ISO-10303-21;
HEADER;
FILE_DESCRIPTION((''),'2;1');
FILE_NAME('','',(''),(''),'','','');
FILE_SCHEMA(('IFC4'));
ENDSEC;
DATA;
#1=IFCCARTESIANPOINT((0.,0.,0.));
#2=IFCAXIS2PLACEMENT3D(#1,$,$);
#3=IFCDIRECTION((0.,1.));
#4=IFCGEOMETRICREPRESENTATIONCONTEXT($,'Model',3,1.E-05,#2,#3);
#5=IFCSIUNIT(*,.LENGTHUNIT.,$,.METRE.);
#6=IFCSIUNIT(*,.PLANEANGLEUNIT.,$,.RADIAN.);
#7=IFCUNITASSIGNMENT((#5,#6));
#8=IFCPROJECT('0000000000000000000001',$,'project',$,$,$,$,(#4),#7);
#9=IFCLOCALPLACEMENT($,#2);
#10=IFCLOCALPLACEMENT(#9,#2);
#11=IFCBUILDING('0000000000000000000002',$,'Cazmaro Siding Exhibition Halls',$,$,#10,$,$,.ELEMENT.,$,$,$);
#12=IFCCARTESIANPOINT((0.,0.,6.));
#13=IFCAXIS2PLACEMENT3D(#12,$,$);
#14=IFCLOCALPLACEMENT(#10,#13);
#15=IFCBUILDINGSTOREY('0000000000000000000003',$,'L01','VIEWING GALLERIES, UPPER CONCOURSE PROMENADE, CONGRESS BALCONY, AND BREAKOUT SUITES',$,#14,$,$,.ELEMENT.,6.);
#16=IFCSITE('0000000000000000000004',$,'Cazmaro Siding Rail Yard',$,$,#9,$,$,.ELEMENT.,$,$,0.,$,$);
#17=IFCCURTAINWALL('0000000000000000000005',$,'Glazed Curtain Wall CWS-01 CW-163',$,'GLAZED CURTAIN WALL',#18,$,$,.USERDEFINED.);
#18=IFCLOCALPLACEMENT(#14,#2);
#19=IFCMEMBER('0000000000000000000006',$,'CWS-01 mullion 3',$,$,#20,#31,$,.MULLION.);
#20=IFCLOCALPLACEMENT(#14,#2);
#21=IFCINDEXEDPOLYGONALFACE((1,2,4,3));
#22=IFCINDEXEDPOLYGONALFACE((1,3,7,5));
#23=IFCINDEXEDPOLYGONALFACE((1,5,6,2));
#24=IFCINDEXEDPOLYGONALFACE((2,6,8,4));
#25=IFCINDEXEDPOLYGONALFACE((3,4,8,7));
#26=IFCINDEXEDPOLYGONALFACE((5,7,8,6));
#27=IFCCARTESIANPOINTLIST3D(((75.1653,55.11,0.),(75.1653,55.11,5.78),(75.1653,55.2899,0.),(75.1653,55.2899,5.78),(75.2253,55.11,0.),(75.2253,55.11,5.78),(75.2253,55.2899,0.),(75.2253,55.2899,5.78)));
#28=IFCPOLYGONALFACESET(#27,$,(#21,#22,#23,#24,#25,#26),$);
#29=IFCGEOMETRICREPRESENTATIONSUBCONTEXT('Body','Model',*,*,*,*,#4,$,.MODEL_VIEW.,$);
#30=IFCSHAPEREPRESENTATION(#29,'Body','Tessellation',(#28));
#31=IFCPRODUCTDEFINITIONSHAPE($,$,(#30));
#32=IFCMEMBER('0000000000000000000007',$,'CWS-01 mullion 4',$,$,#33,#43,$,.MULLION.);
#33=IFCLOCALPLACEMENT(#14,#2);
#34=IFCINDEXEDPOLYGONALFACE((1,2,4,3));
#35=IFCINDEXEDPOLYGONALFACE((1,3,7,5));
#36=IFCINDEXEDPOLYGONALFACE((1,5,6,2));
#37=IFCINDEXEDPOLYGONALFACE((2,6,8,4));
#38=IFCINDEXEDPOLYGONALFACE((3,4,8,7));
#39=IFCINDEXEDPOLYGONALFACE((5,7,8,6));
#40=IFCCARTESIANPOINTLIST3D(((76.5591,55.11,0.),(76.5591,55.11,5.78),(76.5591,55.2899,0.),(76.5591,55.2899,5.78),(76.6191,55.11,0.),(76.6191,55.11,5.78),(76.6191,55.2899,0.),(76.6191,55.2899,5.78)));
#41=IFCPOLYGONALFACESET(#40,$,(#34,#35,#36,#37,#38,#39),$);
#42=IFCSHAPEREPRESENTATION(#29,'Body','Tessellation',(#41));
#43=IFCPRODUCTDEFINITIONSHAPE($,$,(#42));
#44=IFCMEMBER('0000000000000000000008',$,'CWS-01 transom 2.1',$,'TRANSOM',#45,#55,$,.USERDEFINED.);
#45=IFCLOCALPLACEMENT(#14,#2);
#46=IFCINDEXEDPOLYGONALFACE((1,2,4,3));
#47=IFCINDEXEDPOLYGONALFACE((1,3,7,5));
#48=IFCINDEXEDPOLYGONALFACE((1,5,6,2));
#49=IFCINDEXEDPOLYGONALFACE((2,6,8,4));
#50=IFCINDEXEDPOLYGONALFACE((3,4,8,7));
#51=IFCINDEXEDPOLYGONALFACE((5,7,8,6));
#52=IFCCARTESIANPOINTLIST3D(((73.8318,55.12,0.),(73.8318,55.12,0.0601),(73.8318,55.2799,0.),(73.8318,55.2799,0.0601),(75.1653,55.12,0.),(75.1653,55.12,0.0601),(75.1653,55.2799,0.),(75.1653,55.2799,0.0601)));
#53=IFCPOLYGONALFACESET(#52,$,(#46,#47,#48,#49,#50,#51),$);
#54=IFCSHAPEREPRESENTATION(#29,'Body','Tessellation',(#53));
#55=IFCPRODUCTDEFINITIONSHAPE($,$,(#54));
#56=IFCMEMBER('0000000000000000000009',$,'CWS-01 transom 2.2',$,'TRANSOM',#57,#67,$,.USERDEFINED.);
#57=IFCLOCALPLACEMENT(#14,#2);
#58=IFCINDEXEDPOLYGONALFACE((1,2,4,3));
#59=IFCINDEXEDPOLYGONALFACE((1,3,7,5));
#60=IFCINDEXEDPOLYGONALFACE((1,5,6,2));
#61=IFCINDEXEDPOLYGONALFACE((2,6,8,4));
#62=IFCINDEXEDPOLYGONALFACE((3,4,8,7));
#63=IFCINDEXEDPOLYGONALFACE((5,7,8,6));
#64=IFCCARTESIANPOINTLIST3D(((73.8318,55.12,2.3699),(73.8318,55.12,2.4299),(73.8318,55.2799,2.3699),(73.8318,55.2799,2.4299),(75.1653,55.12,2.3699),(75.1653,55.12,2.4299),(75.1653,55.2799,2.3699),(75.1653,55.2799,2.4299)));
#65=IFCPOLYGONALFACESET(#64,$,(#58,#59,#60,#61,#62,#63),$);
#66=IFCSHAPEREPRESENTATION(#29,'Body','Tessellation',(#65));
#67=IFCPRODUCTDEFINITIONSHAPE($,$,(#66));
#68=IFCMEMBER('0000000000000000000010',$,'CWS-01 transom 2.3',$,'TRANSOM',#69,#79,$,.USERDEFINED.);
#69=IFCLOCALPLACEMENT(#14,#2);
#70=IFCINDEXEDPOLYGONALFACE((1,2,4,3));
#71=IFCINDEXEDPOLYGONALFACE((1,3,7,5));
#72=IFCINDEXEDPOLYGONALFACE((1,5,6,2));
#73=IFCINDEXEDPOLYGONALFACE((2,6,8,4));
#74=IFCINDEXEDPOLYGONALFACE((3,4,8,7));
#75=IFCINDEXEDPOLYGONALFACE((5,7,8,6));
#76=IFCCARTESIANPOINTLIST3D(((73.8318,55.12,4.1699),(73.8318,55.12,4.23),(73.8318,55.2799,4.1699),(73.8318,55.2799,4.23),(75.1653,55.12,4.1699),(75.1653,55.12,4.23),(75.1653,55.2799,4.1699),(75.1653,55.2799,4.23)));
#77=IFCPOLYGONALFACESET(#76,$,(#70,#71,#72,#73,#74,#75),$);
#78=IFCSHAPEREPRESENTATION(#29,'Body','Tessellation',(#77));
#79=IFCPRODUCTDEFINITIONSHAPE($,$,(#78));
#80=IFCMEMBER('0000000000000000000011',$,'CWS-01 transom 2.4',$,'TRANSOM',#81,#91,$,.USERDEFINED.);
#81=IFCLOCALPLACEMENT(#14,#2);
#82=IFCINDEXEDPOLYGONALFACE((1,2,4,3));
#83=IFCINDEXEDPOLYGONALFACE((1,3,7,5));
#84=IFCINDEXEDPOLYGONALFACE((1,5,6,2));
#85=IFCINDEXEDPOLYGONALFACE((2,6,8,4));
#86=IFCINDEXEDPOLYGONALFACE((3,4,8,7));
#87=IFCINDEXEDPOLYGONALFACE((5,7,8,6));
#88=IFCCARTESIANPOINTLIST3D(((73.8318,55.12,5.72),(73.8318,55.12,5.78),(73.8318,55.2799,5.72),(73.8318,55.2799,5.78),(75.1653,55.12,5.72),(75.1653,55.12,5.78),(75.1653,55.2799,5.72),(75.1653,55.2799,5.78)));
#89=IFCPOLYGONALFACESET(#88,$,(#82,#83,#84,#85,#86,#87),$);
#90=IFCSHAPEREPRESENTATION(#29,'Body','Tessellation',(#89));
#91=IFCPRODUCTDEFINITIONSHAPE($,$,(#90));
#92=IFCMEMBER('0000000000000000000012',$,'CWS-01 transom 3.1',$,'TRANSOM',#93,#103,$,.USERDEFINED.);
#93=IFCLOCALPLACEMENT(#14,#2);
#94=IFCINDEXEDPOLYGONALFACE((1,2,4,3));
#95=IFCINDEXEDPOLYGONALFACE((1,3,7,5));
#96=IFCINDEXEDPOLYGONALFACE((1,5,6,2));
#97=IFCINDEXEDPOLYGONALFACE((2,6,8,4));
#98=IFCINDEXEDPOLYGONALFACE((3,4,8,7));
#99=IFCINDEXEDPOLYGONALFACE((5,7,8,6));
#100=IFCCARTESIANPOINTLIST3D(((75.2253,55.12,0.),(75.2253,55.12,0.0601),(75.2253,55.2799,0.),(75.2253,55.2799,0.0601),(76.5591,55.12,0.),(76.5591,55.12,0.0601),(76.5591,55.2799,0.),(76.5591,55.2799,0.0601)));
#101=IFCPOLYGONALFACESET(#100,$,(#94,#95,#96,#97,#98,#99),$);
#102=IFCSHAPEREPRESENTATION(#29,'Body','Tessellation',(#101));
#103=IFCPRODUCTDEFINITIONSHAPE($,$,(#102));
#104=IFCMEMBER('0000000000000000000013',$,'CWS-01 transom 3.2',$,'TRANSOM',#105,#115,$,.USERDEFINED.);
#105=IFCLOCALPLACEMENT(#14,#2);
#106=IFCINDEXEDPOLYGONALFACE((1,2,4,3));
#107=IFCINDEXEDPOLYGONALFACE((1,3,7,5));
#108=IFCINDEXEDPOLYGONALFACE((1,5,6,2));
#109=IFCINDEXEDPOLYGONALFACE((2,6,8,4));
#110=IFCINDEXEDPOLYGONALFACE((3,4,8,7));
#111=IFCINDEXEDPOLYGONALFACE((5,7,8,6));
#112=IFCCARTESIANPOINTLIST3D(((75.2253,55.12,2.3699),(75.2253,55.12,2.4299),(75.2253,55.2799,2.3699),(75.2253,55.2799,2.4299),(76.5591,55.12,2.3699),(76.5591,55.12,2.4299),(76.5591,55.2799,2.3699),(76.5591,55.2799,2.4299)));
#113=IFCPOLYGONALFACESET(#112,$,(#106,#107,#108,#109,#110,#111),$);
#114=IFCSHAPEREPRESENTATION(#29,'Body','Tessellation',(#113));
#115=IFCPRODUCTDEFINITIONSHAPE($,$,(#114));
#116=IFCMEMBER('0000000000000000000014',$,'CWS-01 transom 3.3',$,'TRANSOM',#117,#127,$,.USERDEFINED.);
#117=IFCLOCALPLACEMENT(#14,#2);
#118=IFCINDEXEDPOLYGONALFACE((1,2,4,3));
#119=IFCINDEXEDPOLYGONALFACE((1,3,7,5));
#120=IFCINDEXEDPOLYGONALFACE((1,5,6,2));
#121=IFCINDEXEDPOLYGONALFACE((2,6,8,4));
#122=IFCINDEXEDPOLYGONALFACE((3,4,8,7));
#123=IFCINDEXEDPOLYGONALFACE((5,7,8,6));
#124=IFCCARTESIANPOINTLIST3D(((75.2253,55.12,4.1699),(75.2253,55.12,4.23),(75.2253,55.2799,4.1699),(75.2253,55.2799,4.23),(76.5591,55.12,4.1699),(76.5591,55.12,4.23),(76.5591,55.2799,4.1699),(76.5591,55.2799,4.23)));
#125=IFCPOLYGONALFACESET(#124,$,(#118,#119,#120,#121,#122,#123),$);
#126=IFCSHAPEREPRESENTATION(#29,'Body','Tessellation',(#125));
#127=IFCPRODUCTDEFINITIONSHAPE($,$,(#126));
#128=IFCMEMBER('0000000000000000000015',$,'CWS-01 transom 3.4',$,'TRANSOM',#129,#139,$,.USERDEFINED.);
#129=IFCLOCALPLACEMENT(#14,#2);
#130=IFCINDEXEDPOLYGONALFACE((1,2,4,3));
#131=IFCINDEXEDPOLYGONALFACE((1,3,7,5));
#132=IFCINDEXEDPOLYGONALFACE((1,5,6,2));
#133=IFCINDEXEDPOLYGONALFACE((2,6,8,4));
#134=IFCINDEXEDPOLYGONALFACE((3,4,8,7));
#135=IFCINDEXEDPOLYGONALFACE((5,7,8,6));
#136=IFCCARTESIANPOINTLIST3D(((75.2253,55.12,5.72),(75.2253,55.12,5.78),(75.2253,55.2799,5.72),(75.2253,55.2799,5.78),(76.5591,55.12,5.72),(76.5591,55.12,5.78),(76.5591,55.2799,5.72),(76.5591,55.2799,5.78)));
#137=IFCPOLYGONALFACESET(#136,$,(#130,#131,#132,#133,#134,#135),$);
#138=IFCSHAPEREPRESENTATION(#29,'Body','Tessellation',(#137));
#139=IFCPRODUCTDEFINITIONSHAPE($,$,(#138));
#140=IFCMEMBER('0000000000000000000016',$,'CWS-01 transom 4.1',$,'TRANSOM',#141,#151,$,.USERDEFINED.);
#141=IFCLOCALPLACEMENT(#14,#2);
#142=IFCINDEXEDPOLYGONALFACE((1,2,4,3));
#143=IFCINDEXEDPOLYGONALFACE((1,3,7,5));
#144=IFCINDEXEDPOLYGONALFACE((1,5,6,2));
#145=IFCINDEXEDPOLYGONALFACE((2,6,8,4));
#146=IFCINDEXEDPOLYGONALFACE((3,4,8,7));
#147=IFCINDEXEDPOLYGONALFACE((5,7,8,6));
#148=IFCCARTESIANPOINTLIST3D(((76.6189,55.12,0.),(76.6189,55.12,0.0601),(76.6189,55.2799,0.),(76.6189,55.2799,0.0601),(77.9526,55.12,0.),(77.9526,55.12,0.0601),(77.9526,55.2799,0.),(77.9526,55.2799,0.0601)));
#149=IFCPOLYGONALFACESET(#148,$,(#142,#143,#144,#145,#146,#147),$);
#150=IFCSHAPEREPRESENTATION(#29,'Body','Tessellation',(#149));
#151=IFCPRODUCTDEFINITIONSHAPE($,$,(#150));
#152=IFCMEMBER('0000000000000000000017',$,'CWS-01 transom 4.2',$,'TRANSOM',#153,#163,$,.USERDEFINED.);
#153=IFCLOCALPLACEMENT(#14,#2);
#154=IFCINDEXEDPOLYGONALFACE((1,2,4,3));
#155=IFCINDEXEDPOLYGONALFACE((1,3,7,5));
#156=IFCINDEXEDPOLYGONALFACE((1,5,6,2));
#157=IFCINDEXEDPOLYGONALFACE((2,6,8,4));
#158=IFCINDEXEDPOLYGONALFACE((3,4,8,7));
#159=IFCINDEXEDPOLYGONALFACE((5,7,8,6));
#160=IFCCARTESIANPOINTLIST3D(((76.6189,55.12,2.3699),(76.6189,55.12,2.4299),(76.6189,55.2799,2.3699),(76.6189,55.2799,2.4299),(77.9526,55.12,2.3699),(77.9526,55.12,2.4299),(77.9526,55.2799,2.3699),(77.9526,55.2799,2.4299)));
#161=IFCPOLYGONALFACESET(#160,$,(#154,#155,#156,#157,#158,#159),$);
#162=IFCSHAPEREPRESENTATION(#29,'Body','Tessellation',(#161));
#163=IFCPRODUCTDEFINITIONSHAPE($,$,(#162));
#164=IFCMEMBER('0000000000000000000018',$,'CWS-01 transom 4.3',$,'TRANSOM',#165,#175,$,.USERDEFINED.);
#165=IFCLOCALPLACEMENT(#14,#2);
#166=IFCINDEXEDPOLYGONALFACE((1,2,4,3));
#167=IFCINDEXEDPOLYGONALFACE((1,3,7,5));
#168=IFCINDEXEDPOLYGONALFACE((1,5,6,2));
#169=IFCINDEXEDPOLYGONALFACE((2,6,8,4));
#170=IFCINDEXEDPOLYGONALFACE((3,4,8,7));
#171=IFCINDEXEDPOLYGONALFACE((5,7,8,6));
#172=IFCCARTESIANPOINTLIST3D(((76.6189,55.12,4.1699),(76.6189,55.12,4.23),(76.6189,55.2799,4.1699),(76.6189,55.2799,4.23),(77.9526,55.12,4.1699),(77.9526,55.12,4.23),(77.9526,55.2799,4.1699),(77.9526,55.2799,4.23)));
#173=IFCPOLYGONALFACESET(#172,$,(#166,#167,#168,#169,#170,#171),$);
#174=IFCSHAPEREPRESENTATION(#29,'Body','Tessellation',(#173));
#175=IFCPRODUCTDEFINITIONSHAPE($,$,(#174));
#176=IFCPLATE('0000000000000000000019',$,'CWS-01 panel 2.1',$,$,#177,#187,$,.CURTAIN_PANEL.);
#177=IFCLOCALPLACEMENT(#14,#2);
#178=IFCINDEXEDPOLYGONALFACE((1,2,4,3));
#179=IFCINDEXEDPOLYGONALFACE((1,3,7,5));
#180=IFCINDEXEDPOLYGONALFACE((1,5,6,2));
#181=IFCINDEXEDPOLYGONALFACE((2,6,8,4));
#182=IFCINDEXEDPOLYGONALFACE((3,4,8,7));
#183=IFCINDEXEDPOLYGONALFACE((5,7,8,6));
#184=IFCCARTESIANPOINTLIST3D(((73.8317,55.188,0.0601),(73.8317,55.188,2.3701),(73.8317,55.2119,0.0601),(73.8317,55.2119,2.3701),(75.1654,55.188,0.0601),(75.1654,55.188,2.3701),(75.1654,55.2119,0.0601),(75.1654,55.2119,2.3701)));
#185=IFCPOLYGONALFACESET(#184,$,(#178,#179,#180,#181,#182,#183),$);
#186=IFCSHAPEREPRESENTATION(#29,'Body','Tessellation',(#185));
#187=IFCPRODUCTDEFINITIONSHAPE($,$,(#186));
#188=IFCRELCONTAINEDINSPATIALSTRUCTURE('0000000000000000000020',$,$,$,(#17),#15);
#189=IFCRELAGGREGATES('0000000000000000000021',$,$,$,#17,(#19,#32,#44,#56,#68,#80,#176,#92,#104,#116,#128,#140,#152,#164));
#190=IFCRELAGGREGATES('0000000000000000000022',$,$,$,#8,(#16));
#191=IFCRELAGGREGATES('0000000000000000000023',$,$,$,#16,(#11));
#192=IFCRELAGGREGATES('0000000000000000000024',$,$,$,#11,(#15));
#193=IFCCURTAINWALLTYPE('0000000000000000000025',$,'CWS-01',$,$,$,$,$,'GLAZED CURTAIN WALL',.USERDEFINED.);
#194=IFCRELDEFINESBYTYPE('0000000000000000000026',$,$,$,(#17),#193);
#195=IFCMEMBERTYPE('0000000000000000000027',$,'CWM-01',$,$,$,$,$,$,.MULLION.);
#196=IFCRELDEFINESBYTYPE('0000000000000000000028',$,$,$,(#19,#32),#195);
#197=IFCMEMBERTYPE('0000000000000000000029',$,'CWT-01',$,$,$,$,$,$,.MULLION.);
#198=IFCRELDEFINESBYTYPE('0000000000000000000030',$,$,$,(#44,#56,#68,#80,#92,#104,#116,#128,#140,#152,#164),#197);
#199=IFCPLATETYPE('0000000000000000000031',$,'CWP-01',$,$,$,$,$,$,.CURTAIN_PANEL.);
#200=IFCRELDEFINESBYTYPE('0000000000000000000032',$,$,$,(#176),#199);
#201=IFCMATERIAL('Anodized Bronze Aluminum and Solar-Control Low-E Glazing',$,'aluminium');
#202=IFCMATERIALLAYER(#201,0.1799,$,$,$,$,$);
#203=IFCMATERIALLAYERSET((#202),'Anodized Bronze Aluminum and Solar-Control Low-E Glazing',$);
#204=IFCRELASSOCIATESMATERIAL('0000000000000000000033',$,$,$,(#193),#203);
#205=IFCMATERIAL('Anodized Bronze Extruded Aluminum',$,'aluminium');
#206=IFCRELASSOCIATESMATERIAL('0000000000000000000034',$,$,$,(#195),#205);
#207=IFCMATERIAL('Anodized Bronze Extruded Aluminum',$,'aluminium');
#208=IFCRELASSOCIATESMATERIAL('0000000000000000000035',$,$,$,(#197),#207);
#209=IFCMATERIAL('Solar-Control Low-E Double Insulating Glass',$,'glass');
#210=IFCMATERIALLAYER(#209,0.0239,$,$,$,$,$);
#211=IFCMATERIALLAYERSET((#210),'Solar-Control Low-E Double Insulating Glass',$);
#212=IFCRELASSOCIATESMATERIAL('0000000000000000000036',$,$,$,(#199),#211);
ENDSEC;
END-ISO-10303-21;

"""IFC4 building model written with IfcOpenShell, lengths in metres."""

from ifc_helpers import new_model, si_unit, direction, frame, origin, origin_2d, place, context, subcontext, project, spatial, rectangle, extrude, material, layer, layer_set, material_profile, profile_set, type_object, element, aggregate, save


model = new_model("IFC4")

# Units and contexts
model_context = context("Model", 3, precision=1e-05, world=origin(), true_north=direction((0.0, 1.0)))
body_context = subcontext(model_context, "Body", "Model", "MODEL_VIEW")
ifc_project = project(units=[si_unit("LENGTHUNIT", "METRE"), si_unit("PLANEANGLEUNIT", "RADIAN")], contexts=[model_context])

# Site, building, storey
site_placement = place(None, origin())
site = spatial("IfcSite", under=ifc_project, at=site_placement, Name="Cazmaro Siding Rail Yard", CompositionType="ELEMENT", RefElevation=0.0)
building_placement = place(site_placement, origin())
building = spatial("IfcBuilding", under=site, at=building_placement, Name="Cazmaro Siding Exhibition Halls", CompositionType="ELEMENT")
storey_placement = place(building_placement, frame((0.0, 0.0, 6.0)))
storey = spatial("IfcBuildingStorey", under=building, at=storey_placement, Name="L01", Description="VIEWING GALLERIES, UPPER CONCOURSE PROMENADE, CONGRESS BALCONY, AND BREAKOUT SUITES", CompositionType="ELEMENT", Elevation=6.0)

# Curtain wall, members, plate
ifc_material_1 = material(Name="Anodized Bronze Aluminum and Solar-Control Low-E Glazing", Category="aluminium")
ifc_layer_1 = layer(ifc_material_1, 0.1799)
ifc_layer_set_1 = layer_set([ifc_layer_1], Name="Anodized Bronze Aluminum and Solar-Control Low-E Glazing")
curtain_wall_type = type_object("IfcCurtainWallType", Name="CWS-01", ElementType="GLAZED CURTAIN WALL", PredefinedType="USERDEFINED", material=ifc_layer_set_1)
curtain_wall_placement = place(storey_placement, origin())
curtain_wall = element("IfcCurtainWall", 1, at=curtain_wall_placement, inside=storey, type_object=curtain_wall_type, Name="Glazed Curtain Wall CWS-01 CW-163", ObjectType="GLAZED CURTAIN WALL", PredefinedType="USERDEFINED")
ifc_material_2 = material(Name="Anodized Bronze Extruded Aluminum", Category="aluminium")
ifc_material_profile_1 = material_profile(ifc_material_2, rectangle(XDim=0.1799, YDim=0.0601, at=origin_2d()), Name="CWM-01")
ifc_profile_set_1 = profile_set([ifc_material_profile_1], Name="Anodized Bronze Extruded Aluminum")
member_type_1 = type_object("IfcMemberType", Name="CWM-01", PredefinedType="MULLION", material=ifc_profile_set_1)
member_1_placement = place(storey_placement, frame((75.1953, 55.2, 0.0), z_axis=(0.0, 0.0, 1.0), x_axis=(0.0, 1.0, 0.0)))
member_1 = element("IfcMember", 2, at=member_1_placement, type_object=member_type_1, Name="CWS-01 mullion 3", PredefinedType="MULLION", context=body_context, shape_type="SweptSolid", body=[
    extrude(rectangle(XDim=0.1799, YDim=0.0601, at=origin_2d()), origin(), (0.0, 0.0, 1.0), 5.78),
])
member_2_placement = place(storey_placement, frame((76.5891, 55.2, 0.0), z_axis=(0.0, 0.0, 1.0), x_axis=(0.0, 1.0, 0.0)))
member_2 = element("IfcMember", 3, at=member_2_placement, type_object=member_type_1, Name="CWS-01 mullion 4", PredefinedType="MULLION", context=body_context, shape_type="SweptSolid", body=[
    extrude(rectangle(XDim=0.1799, YDim=0.0601, at=origin_2d()), origin(), (0.0, 0.0, 1.0), 5.78),
])
ifc_material_3 = material(Name="Anodized Bronze Extruded Aluminum", Category="aluminium")
ifc_material_profile_2 = material_profile(ifc_material_3, rectangle(XDim=0.1599, YDim=0.0601, at=origin_2d()), Name="CWT-01")
ifc_profile_set_2 = profile_set([ifc_material_profile_2], Name="Anodized Bronze Extruded Aluminum")
member_type_2 = type_object("IfcMemberType", Name="CWT-01", PredefinedType="MULLION", material=ifc_profile_set_2)
member_3_placement = place(storey_placement, frame((73.8318, 55.2, 0.03), z_axis=(1.0, 0.0, 0.0), x_axis=(0.0, 1.0, 0.0)))
member_3 = element("IfcMember", 4, at=member_3_placement, type_object=member_type_2, Name="CWS-01 transom 2.1", ObjectType="TRANSOM", PredefinedType="USERDEFINED", context=body_context, shape_type="SweptSolid", body=[
    extrude(rectangle(XDim=0.1599, YDim=0.0601, at=origin_2d()), origin(), (0.0, 0.0, 1.0), 1.3335),
])
member_4_placement = place(storey_placement, frame((73.8318, 55.2, 2.3999), z_axis=(1.0, 0.0, 0.0), x_axis=(0.0, 1.0, 0.0)))
member_4 = element("IfcMember", 5, at=member_4_placement, type_object=member_type_2, Name="CWS-01 transom 2.2", ObjectType="TRANSOM", PredefinedType="USERDEFINED", context=body_context, shape_type="SweptSolid", body=[
    extrude(rectangle(XDim=0.1599, YDim=0.0601, at=origin_2d()), origin(), (0.0, 0.0, 1.0), 1.3335),
])
member_5_placement = place(storey_placement, frame((73.8318, 55.2, 4.2), z_axis=(1.0, 0.0, 0.0), x_axis=(0.0, 1.0, 0.0)))
member_5 = element("IfcMember", 6, at=member_5_placement, type_object=member_type_2, Name="CWS-01 transom 2.3", ObjectType="TRANSOM", PredefinedType="USERDEFINED", context=body_context, shape_type="SweptSolid", body=[
    extrude(rectangle(XDim=0.1599, YDim=0.0601, at=origin_2d()), origin(), (0.0, 0.0, 1.0), 1.3335),
])
member_6_placement = place(storey_placement, frame((73.8318, 55.2, 5.75), z_axis=(1.0, 0.0, 0.0), x_axis=(0.0, 1.0, 0.0)))
member_6 = element("IfcMember", 7, at=member_6_placement, type_object=member_type_2, Name="CWS-01 transom 2.4", ObjectType="TRANSOM", PredefinedType="USERDEFINED", context=body_context, shape_type="SweptSolid", body=[
    extrude(rectangle(XDim=0.1599, YDim=0.0601, at=origin_2d()), origin(), (0.0, 0.0, 1.0), 1.3335),
])
member_7_placement = place(storey_placement, frame((75.2253, 55.2, 0.03), z_axis=(1.0, 0.0, 0.0), x_axis=(0.0, 1.0, 0.0)))
member_7 = element("IfcMember", 8, at=member_7_placement, type_object=member_type_2, Name="CWS-01 transom 3.1", ObjectType="TRANSOM", PredefinedType="USERDEFINED", context=body_context, shape_type="SweptSolid", body=[
    extrude(rectangle(XDim=0.1599, YDim=0.0601, at=origin_2d()), origin(), (0.0, 0.0, 1.0), 1.3337),
])
member_8_placement = place(storey_placement, frame((75.2253, 55.2, 2.3999), z_axis=(1.0, 0.0, 0.0), x_axis=(0.0, 1.0, 0.0)))
member_8 = element("IfcMember", 9, at=member_8_placement, type_object=member_type_2, Name="CWS-01 transom 3.2", ObjectType="TRANSOM", PredefinedType="USERDEFINED", context=body_context, shape_type="SweptSolid", body=[
    extrude(rectangle(XDim=0.1599, YDim=0.0601, at=origin_2d()), origin(), (0.0, 0.0, 1.0), 1.3337),
])
member_9_placement = place(storey_placement, frame((75.2253, 55.2, 4.2), z_axis=(1.0, 0.0, 0.0), x_axis=(0.0, 1.0, 0.0)))
member_9 = element("IfcMember", 10, at=member_9_placement, type_object=member_type_2, Name="CWS-01 transom 3.3", ObjectType="TRANSOM", PredefinedType="USERDEFINED", context=body_context, shape_type="SweptSolid", body=[
    extrude(rectangle(XDim=0.1599, YDim=0.0601, at=origin_2d()), origin(), (0.0, 0.0, 1.0), 1.3337),
])
member_10_placement = place(storey_placement, frame((75.2253, 55.2, 5.75), z_axis=(1.0, 0.0, 0.0), x_axis=(0.0, 1.0, 0.0)))
member_10 = element("IfcMember", 11, at=member_10_placement, type_object=member_type_2, Name="CWS-01 transom 3.4", ObjectType="TRANSOM", PredefinedType="USERDEFINED", context=body_context, shape_type="SweptSolid", body=[
    extrude(rectangle(XDim=0.1599, YDim=0.0601, at=origin_2d()), origin(), (0.0, 0.0, 1.0), 1.3337),
])
member_11_placement = place(storey_placement, frame((76.6189, 55.2, 0.03), z_axis=(1.0, 0.0, 0.0), x_axis=(0.0, 1.0, 0.0)))
member_11 = element("IfcMember", 12, at=member_11_placement, type_object=member_type_2, Name="CWS-01 transom 4.1", ObjectType="TRANSOM", PredefinedType="USERDEFINED", context=body_context, shape_type="SweptSolid", body=[
    extrude(rectangle(XDim=0.1599, YDim=0.0601, at=origin_2d()), origin(), (0.0, 0.0, 1.0), 1.3337),
])
member_12_placement = place(storey_placement, frame((76.6189, 55.2, 2.3999), z_axis=(1.0, 0.0, 0.0), x_axis=(0.0, 1.0, 0.0)))
member_12 = element("IfcMember", 13, at=member_12_placement, type_object=member_type_2, Name="CWS-01 transom 4.2", ObjectType="TRANSOM", PredefinedType="USERDEFINED", context=body_context, shape_type="SweptSolid", body=[
    extrude(rectangle(XDim=0.1599, YDim=0.0601, at=origin_2d()), origin(), (0.0, 0.0, 1.0), 1.3337),
])
member_13_placement = place(storey_placement, frame((76.6189, 55.2, 4.2), z_axis=(1.0, 0.0, 0.0), x_axis=(0.0, 1.0, 0.0)))
member_13 = element("IfcMember", 14, at=member_13_placement, type_object=member_type_2, Name="CWS-01 transom 4.3", ObjectType="TRANSOM", PredefinedType="USERDEFINED", context=body_context, shape_type="SweptSolid", body=[
    extrude(rectangle(XDim=0.1599, YDim=0.0601, at=origin_2d()), origin(), (0.0, 0.0, 1.0), 1.3337),
])
ifc_material_4 = material(Name="Solar-Control Low-E Double Insulating Glass", Category="glass")
ifc_layer_2 = layer(ifc_material_4, 0.0239)
ifc_layer_set_2 = layer_set([ifc_layer_2], Name="Solar-Control Low-E Double Insulating Glass")
plate_type = type_object("IfcPlateType", Name="CWP-01", PredefinedType="CURTAIN_PANEL", material=ifc_layer_set_2)
plate_1_placement = place(storey_placement, frame((74.4985, 55.2, 0.0601), z_axis=(0.0, 0.0, 1.0), x_axis=(1.0, 0.0, 0.0)))
plate_1 = element("IfcPlate", 15, at=plate_1_placement, type_object=plate_type, Name="CWS-01 panel 2.1", PredefinedType="CURTAIN_PANEL", context=body_context, shape_type="SweptSolid", body=[
    extrude(rectangle(XDim=1.3337, YDim=0.0239, at=origin_2d()), origin(), (0.0, 0.0, 1.0), 2.3101),
])
aggregate(curtain_wall, [member_1, member_2, member_3, member_4, member_5, member_6, plate_1, member_7, member_8, member_9, member_10, member_11, member_12, member_13])

save(model, "model.ifc")
